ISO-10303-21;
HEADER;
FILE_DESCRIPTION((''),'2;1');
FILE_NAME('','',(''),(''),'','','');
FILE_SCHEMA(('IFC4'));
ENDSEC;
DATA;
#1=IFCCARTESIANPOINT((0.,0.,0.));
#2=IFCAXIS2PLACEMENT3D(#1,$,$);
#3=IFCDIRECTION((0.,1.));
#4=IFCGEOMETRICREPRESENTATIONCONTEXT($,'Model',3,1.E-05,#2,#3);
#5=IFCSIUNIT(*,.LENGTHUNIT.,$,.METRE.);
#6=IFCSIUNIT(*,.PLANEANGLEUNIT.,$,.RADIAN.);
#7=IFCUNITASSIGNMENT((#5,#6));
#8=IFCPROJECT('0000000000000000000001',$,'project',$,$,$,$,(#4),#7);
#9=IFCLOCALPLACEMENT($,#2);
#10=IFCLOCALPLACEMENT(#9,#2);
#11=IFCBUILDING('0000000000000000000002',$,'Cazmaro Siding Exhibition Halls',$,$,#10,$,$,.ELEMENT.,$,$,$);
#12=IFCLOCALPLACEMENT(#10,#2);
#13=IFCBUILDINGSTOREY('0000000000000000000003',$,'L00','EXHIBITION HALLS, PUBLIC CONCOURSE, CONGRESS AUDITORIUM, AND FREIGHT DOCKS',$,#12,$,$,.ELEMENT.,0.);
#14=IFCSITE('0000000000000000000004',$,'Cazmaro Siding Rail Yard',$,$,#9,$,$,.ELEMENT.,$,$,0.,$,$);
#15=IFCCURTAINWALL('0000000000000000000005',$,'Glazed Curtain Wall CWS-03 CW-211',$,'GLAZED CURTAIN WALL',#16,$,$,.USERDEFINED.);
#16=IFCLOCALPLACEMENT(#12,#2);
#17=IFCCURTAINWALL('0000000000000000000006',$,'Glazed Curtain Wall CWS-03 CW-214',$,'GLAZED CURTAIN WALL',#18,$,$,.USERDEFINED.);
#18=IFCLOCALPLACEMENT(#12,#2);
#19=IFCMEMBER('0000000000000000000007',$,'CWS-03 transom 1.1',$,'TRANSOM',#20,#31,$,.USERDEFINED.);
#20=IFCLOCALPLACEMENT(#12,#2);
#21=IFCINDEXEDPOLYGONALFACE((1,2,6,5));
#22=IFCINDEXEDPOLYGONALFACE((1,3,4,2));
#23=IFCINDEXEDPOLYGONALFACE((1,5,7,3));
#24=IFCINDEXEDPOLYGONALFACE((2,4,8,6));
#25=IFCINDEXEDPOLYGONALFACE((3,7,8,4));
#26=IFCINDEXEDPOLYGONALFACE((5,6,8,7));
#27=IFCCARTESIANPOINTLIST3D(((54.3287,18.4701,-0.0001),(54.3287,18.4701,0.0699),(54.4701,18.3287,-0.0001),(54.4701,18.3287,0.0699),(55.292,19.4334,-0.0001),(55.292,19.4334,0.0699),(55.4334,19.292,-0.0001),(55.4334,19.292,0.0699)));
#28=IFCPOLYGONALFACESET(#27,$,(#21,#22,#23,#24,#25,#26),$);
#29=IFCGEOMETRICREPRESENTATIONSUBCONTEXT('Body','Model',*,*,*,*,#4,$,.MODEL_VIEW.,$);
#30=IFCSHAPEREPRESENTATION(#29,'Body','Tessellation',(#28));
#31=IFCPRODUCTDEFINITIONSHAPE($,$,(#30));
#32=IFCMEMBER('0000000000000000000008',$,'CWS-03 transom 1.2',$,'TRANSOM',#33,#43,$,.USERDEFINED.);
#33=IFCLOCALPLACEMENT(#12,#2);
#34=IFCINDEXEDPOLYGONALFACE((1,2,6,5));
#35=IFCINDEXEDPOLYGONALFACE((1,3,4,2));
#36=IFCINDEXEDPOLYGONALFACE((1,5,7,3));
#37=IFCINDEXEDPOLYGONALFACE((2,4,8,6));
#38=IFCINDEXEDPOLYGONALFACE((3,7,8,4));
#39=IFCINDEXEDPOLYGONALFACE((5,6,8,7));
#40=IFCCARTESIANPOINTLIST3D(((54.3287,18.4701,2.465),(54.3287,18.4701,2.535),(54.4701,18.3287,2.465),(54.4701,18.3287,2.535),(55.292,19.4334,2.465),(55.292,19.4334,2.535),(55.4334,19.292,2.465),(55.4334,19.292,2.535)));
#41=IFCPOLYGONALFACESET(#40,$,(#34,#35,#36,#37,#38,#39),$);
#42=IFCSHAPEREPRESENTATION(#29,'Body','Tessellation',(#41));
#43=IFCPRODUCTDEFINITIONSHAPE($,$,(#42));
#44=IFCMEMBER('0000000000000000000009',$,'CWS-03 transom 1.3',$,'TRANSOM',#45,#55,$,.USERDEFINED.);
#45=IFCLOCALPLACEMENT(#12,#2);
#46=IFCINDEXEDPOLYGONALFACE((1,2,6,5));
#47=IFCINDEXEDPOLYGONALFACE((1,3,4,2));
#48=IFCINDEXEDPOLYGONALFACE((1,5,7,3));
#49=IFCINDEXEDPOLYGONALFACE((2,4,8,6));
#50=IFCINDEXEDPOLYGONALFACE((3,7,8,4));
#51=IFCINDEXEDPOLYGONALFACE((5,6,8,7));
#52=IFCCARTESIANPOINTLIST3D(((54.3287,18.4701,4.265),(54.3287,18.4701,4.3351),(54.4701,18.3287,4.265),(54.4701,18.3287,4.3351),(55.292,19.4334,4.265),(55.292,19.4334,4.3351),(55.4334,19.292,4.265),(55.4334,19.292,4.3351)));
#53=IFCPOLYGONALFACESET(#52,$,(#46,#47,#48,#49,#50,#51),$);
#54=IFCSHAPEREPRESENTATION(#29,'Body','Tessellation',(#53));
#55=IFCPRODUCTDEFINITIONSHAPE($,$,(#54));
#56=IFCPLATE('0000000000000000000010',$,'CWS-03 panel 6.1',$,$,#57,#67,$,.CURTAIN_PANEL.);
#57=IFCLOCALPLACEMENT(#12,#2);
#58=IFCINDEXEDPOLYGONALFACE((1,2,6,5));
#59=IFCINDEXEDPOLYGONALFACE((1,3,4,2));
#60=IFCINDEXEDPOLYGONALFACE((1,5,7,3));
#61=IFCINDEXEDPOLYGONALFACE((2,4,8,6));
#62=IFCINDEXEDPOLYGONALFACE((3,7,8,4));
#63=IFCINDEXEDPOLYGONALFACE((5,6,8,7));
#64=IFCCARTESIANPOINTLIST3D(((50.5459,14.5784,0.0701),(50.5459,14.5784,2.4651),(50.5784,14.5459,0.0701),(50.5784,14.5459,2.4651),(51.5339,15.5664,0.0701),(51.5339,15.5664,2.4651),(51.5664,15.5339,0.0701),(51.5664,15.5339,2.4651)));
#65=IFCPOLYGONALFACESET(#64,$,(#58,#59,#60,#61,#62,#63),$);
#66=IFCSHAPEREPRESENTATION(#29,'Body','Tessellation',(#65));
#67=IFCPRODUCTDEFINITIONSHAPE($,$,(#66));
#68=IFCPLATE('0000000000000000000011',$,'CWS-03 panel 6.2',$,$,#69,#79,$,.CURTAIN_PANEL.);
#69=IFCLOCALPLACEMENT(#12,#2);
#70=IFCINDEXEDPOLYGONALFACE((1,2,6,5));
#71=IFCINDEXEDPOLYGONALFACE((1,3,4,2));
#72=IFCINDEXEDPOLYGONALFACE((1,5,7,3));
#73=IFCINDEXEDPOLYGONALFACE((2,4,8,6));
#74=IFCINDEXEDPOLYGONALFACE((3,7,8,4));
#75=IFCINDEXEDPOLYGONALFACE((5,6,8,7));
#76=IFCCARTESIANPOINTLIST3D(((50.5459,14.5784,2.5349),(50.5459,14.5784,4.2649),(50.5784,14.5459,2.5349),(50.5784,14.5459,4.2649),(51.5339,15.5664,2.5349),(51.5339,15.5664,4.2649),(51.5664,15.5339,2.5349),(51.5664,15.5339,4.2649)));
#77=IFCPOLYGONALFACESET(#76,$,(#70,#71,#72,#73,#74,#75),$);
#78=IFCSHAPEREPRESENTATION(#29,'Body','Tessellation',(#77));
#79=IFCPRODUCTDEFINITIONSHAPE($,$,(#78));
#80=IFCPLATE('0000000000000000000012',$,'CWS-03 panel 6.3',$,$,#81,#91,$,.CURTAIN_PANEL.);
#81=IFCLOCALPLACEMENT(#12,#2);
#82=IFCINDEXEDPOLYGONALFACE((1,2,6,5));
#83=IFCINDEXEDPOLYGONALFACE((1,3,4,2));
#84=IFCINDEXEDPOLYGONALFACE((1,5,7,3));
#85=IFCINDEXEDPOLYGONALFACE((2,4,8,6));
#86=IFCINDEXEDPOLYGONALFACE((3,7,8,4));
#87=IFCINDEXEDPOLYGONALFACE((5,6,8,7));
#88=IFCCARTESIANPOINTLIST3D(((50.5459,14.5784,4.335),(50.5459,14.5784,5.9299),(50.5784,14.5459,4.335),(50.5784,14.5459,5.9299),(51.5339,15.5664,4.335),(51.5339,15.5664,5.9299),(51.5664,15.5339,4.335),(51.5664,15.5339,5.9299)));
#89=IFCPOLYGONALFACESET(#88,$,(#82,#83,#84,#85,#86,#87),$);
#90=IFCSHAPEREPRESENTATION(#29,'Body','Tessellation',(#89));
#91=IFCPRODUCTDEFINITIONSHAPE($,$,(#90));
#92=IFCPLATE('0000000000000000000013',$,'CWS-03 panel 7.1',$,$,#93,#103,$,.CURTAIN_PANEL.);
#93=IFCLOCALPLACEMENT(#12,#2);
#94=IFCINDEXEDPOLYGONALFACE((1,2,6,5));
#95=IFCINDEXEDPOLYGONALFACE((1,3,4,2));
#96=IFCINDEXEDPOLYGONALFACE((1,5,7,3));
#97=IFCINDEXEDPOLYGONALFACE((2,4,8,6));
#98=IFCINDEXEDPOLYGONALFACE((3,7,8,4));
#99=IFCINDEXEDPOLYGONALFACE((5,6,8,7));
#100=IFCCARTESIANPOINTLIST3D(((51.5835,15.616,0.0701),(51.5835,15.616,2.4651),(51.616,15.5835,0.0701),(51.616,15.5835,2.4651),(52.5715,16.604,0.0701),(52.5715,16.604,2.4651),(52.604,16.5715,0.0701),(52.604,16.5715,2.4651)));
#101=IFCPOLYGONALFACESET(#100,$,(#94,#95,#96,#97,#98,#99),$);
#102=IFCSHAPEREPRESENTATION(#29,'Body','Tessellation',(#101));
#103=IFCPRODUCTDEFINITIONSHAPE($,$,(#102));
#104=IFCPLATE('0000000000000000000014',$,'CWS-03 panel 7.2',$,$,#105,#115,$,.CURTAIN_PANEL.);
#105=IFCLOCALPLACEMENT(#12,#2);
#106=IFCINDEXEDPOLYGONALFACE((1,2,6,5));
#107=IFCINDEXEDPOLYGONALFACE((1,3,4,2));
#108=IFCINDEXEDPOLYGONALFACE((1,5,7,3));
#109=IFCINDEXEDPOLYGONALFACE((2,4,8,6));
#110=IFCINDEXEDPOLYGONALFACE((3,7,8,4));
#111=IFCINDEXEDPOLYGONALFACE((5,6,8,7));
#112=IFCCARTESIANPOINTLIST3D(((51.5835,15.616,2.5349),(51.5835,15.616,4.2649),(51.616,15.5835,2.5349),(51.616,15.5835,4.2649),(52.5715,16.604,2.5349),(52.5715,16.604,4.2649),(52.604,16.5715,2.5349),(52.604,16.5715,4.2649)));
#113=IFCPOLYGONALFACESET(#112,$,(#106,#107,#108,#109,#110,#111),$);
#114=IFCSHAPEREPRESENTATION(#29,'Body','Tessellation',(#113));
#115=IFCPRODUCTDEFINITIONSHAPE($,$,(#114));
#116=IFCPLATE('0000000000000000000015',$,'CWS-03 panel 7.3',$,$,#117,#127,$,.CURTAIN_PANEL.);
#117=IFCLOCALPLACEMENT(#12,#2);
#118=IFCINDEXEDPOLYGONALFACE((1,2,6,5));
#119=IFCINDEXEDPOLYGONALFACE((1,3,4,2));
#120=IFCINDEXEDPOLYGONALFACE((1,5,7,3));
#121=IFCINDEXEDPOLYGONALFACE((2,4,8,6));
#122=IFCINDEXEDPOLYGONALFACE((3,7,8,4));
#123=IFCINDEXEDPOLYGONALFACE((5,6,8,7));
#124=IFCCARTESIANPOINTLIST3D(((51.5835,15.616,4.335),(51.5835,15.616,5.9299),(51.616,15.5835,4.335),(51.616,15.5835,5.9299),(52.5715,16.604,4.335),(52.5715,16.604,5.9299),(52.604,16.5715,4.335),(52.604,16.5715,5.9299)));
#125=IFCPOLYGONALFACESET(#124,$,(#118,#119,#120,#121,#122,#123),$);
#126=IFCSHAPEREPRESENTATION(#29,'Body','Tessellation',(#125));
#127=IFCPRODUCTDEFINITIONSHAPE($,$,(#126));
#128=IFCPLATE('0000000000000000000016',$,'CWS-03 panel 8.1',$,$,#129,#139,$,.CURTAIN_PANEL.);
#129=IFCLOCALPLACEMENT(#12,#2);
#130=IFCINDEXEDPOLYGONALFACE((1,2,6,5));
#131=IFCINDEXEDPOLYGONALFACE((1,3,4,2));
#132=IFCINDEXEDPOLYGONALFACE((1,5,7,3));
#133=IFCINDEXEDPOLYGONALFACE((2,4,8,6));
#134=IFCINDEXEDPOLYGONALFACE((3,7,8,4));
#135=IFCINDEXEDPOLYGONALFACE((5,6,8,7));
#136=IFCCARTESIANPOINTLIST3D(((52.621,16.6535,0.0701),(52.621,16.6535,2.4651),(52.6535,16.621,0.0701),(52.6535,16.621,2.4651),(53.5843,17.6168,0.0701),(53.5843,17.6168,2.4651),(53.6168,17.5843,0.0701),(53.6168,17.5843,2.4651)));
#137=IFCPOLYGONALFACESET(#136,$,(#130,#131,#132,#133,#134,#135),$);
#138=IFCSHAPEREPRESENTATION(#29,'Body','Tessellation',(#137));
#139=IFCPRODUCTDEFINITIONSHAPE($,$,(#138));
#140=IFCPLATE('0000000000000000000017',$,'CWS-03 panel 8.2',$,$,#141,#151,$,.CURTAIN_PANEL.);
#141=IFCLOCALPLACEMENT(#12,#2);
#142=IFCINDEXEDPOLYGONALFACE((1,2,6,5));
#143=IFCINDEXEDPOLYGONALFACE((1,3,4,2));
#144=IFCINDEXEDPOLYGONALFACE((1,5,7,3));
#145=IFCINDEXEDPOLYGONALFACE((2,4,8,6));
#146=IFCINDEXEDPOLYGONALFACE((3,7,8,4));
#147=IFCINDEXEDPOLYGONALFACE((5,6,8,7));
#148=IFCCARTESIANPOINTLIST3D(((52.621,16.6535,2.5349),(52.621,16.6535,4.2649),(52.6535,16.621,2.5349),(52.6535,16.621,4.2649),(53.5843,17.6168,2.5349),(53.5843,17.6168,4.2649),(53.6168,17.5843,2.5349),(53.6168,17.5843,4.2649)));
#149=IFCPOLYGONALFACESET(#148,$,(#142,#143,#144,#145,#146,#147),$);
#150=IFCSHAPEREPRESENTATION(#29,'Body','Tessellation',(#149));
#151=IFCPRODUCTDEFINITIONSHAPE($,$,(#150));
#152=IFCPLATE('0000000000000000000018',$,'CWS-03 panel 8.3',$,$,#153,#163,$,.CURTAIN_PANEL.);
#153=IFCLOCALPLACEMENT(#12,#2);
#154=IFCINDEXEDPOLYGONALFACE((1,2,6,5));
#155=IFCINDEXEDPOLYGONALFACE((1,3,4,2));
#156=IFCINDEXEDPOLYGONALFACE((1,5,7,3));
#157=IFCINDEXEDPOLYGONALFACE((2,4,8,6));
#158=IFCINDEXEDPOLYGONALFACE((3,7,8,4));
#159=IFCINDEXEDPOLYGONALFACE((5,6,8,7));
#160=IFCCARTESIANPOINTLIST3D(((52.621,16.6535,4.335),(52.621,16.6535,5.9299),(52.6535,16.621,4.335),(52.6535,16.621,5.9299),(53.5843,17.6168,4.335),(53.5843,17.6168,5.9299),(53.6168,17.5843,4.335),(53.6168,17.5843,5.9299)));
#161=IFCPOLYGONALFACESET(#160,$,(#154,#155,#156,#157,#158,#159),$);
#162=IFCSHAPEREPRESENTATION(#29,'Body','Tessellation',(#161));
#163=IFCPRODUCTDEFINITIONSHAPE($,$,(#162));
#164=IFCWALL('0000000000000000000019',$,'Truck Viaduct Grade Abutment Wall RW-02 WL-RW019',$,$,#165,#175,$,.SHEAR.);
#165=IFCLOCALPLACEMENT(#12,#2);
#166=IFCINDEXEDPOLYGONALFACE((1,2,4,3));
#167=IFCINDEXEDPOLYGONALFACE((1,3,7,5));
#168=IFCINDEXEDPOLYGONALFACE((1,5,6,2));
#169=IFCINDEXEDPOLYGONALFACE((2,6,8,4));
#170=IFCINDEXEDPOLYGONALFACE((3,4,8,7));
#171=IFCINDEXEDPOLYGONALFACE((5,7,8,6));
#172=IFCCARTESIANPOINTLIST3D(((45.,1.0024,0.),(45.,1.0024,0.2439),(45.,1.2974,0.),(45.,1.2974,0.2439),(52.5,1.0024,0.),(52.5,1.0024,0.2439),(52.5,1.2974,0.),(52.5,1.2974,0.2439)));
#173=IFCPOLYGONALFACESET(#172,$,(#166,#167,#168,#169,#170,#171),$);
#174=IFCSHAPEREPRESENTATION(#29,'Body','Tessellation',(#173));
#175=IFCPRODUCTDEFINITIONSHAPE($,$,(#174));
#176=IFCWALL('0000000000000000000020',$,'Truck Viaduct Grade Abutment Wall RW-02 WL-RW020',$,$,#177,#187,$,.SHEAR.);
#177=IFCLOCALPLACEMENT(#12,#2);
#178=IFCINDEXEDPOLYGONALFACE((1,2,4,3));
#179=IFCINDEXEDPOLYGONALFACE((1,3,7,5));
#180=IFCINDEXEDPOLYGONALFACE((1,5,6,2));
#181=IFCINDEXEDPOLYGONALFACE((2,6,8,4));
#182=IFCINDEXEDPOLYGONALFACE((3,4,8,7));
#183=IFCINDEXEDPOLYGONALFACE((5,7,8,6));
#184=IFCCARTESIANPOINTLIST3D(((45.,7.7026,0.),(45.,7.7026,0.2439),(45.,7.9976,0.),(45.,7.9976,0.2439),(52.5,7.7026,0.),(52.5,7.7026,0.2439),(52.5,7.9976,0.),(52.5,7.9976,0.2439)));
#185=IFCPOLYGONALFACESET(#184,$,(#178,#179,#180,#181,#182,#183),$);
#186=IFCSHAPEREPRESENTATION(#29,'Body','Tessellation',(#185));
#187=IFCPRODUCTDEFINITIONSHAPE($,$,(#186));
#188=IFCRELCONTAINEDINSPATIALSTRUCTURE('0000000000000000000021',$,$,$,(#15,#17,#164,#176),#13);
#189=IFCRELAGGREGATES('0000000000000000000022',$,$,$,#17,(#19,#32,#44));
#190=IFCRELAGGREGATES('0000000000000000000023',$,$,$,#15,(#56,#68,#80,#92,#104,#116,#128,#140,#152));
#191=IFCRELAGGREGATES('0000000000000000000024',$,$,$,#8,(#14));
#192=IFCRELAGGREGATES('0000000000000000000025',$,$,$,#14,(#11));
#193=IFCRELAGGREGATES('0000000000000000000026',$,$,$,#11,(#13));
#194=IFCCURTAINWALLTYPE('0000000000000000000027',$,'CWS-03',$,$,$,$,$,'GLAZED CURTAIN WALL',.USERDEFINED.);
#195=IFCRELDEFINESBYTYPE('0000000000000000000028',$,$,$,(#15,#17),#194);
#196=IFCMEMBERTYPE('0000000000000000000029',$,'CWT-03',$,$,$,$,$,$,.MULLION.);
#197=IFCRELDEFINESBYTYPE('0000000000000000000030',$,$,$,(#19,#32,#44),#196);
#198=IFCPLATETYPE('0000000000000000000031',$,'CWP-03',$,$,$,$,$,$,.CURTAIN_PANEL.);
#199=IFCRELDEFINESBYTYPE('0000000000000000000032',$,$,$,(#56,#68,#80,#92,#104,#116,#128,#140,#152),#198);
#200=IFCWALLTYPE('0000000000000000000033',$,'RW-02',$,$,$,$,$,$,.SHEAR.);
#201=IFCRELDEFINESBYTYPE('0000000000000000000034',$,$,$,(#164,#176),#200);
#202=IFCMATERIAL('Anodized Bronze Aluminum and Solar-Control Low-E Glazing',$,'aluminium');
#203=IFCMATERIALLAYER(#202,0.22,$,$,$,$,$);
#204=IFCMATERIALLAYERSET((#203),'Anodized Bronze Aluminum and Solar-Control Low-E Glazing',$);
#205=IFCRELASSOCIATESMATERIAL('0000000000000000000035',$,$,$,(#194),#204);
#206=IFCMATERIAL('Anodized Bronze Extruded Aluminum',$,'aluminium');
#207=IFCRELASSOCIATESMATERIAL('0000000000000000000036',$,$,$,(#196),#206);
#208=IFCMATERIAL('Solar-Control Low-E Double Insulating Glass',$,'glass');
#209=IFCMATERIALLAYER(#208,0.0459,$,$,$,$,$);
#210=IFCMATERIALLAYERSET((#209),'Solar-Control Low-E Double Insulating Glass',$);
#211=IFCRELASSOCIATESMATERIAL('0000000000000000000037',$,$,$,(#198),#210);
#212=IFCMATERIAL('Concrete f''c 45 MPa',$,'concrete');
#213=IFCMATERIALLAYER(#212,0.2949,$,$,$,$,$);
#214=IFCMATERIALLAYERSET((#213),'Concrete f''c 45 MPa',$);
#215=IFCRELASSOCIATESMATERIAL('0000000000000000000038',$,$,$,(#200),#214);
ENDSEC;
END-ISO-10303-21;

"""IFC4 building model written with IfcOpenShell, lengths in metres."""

from ifc_helpers import new_model, si_unit, direction, frame, frame_2d, origin, origin_2d, place, context, subcontext, project, spatial, rectangle, extrude, material, layer, layer_set, material_profile, profile_set, type_object, element, aggregate, save


model = new_model("IFC4")

# Units and contexts
model_context = context("Model", 3, precision=1e-05, world=origin(), true_north=direction((0.0, 1.0)))
body_context = subcontext(model_context, "Body", "Model", "MODEL_VIEW")
ifc_project = project(units=[si_unit("LENGTHUNIT", "METRE"), si_unit("PLANEANGLEUNIT", "RADIAN")], contexts=[model_context])

# Site, building, storey
site_placement = place(None, origin())
site = spatial("IfcSite", under=ifc_project, at=site_placement, Name="Cazmaro Siding Rail Yard", CompositionType="ELEMENT", RefElevation=0.0)
building_placement = place(site_placement, origin())
building = spatial("IfcBuilding", under=site, at=building_placement, Name="Cazmaro Siding Exhibition Halls", CompositionType="ELEMENT")
storey_placement = place(building_placement, origin())
storey = spatial("IfcBuildingStorey", under=building, at=storey_placement, Name="L00", Description="EXHIBITION HALLS, PUBLIC CONCOURSE, CONGRESS AUDITORIUM, AND FREIGHT DOCKS", CompositionType="ELEMENT", Elevation=0.0)

# Curtain wall
ifc_material_1 = material(Name="Anodized Bronze Aluminum and Solar-Control Low-E Glazing", Category="aluminium")
ifc_layer_1 = layer(ifc_material_1, 0.22)
ifc_layer_set_1 = layer_set([ifc_layer_1], Name="Anodized Bronze Aluminum and Solar-Control Low-E Glazing")
curtain_wall_type = type_object("IfcCurtainWallType", Name="CWS-03", ElementType="GLAZED CURTAIN WALL", PredefinedType="USERDEFINED", material=ifc_layer_set_1)
curtain_wall_1_placement = place(storey_placement, origin())
curtain_wall_1 = element("IfcCurtainWall", 1, at=curtain_wall_1_placement, inside=storey, type_object=curtain_wall_type, Name="Glazed Curtain Wall CWS-03 CW-211", ObjectType="GLAZED CURTAIN WALL", PredefinedType="USERDEFINED")

# Curtain wall
curtain_wall_2_placement = place(storey_placement, origin())
curtain_wall_2 = element("IfcCurtainWall", 2, at=curtain_wall_2_placement, inside=storey, type_object=curtain_wall_type, Name="Glazed Curtain Wall CWS-03 CW-214", ObjectType="GLAZED CURTAIN WALL", PredefinedType="USERDEFINED")

# Members
ifc_material_2 = material(Name="Anodized Bronze Extruded Aluminum", Category="aluminium")
ifc_material_profile_1 = material_profile(ifc_material_2, rectangle(XDim=0.2, YDim=0.0701, at=origin_2d()), Name="CWT-03")
ifc_profile_set_1 = profile_set([ifc_material_profile_1], Name="Anodized Bronze Extruded Aluminum")
member_type_1 = type_object("IfcMemberType", Name="CWT-03", PredefinedType="MULLION", material=ifc_profile_set_1)
member_1_placement = place(storey_placement, frame((54.3994, 18.3994, 0.0349), z_axis=(0.707107, 0.707107, 0.0), x_axis=(-0.707107, 0.707107, 0.0)))
member_1 = element("IfcMember", 3, at=member_1_placement, type_object=member_type_1, Name="CWS-03 transom 1.1", ObjectType="TRANSOM", PredefinedType="USERDEFINED", context=body_context, shape_type="SweptSolid", body=[
    extrude(rectangle(XDim=0.2, YDim=0.0701, at=origin_2d()), origin(), (0.0, 0.0, 1.0), 1.3623),
])
member_2_placement = place(storey_placement, frame((54.3994, 18.3994, 2.5), z_axis=(0.707107, 0.707107, 0.0), x_axis=(-0.707107, 0.707107, 0.0)))
member_2 = element("IfcMember", 4, at=member_2_placement, type_object=member_type_1, Name="CWS-03 transom 1.2", ObjectType="TRANSOM", PredefinedType="USERDEFINED", context=body_context, shape_type="SweptSolid", body=[
    extrude(rectangle(XDim=0.2, YDim=0.0701, at=origin_2d()), origin(), (0.0, 0.0, 1.0), 1.3623),
])
member_3_placement = place(storey_placement, frame((54.3994, 18.3994, 4.3), z_axis=(0.707107, 0.707107, 0.0), x_axis=(-0.707107, 0.707107, 0.0)))
member_3 = element("IfcMember", 5, at=member_3_placement, type_object=member_type_1, Name="CWS-03 transom 1.3", ObjectType="TRANSOM", PredefinedType="USERDEFINED", context=body_context, shape_type="SweptSolid", body=[
    extrude(rectangle(XDim=0.2, YDim=0.0701, at=origin_2d()), origin(), (0.0, 0.0, 1.0), 1.3623),
])
aggregate(curtain_wall_2, [member_1, member_2, member_3])

# Plates
ifc_material_3 = material(Name="Solar-Control Low-E Double Insulating Glass", Category="glass")
ifc_layer_2 = layer(ifc_material_3, 0.0459)
ifc_layer_set_2 = layer_set([ifc_layer_2], Name="Solar-Control Low-E Double Insulating Glass")
plate_type = type_object("IfcPlateType", Name="CWP-03", PredefinedType="CURTAIN_PANEL", material=ifc_layer_set_2)
plate_1_placement = place(storey_placement, frame((51.0562, 15.0562, 0.0701), z_axis=(0.0, 0.0, 1.0), x_axis=(0.707107, 0.707107, 0.0)))
plate_1 = element("IfcPlate", 6, at=plate_1_placement, type_object=plate_type, Name="CWS-03 panel 6.1", PredefinedType="CURTAIN_PANEL", context=body_context, shape_type="SweptSolid", body=[
    extrude(rectangle(XDim=1.3972, YDim=0.0459, at=origin_2d()), origin(), (0.0, 0.0, 1.0), 2.395),
])
plate_2_placement = place(storey_placement, frame((51.0562, 15.0562, 2.5349), z_axis=(0.0, 0.0, 1.0), x_axis=(0.707107, 0.707107, 0.0)))
plate_2 = element("IfcPlate", 7, at=plate_2_placement, type_object=plate_type, Name="CWS-03 panel 6.2", PredefinedType="CURTAIN_PANEL", context=body_context, shape_type="SweptSolid", body=[
    extrude(rectangle(XDim=1.3972, YDim=0.0459, at=origin_2d()), origin(), (0.0, 0.0, 1.0), 1.73),
])
plate_3_placement = place(storey_placement, frame((51.0562, 15.0562, 4.335), z_axis=(0.0, 0.0, 1.0), x_axis=(0.707107, 0.707107, 0.0)))
plate_3 = element("IfcPlate", 8, at=plate_3_placement, type_object=plate_type, Name="CWS-03 panel 6.3", PredefinedType="CURTAIN_PANEL", context=body_context, shape_type="SweptSolid", body=[
    extrude(rectangle(XDim=1.3972, YDim=0.0459, at=origin_2d()), origin(), (0.0, 0.0, 1.0), 1.595),
])
plate_4_placement = place(storey_placement, frame((52.0938, 16.0938, 0.0701), z_axis=(0.0, 0.0, 1.0), x_axis=(0.707107, 0.707107, 0.0)))
plate_4 = element("IfcPlate", 9, at=plate_4_placement, type_object=plate_type, Name="CWS-03 panel 7.1", PredefinedType="CURTAIN_PANEL", context=body_context, shape_type="SweptSolid", body=[
    extrude(rectangle(XDim=1.3972, YDim=0.0459, at=origin_2d()), origin(), (0.0, 0.0, 1.0), 2.395),
])
plate_5_placement = place(storey_placement, frame((52.0938, 16.0938, 2.5349), z_axis=(0.0, 0.0, 1.0), x_axis=(0.707107, 0.707107, 0.0)))
plate_5 = element("IfcPlate", 10, at=plate_5_placement, type_object=plate_type, Name="CWS-03 panel 7.2", PredefinedType="CURTAIN_PANEL", context=body_context, shape_type="SweptSolid", body=[
    extrude(rectangle(XDim=1.3972, YDim=0.0459, at=origin_2d()), origin(), (0.0, 0.0, 1.0), 1.73),
])
plate_6_placement = place(storey_placement, frame((52.0938, 16.0938, 4.335), z_axis=(0.0, 0.0, 1.0), x_axis=(0.707107, 0.707107, 0.0)))
plate_6 = element("IfcPlate", 11, at=plate_6_placement, type_object=plate_type, Name="CWS-03 panel 7.3", PredefinedType="CURTAIN_PANEL", context=body_context, shape_type="SweptSolid", body=[
    extrude(rectangle(XDim=1.3972, YDim=0.0459, at=origin_2d()), origin(), (0.0, 0.0, 1.0), 1.595),
])
plate_7_placement = place(storey_placement, frame((53.1189, 17.1189, 0.0701), z_axis=(0.0, 0.0, 1.0), x_axis=(0.707107, 0.707107, 0.0)))
plate_7 = element("IfcPlate", 12, at=plate_7_placement, type_object=plate_type, Name="CWS-03 panel 8.1", PredefinedType="CURTAIN_PANEL", context=body_context, shape_type="SweptSolid", body=[
    extrude(rectangle(XDim=1.3623, YDim=0.0459, at=origin_2d()), origin(), (0.0, 0.0, 1.0), 2.395),
])
plate_8_placement = place(storey_placement, frame((53.1189, 17.1189, 2.5349), z_axis=(0.0, 0.0, 1.0), x_axis=(0.707107, 0.707107, 0.0)))
plate_8 = element("IfcPlate", 13, at=plate_8_placement, type_object=plate_type, Name="CWS-03 panel 8.2", PredefinedType="CURTAIN_PANEL", context=body_context, shape_type="SweptSolid", body=[
    extrude(rectangle(XDim=1.3623, YDim=0.0459, at=origin_2d()), origin(), (0.0, 0.0, 1.0), 1.73),
])
plate_9_placement = place(storey_placement, frame((53.1189, 17.1189, 4.335), z_axis=(0.0, 0.0, 1.0), x_axis=(0.707107, 0.707107, 0.0)))
plate_9 = element("IfcPlate", 14, at=plate_9_placement, type_object=plate_type, Name="CWS-03 panel 8.3", PredefinedType="CURTAIN_PANEL", context=body_context, shape_type="SweptSolid", body=[
    extrude(rectangle(XDim=1.3623, YDim=0.0459, at=origin_2d()), origin(), (0.0, 0.0, 1.0), 1.595),
])
aggregate(curtain_wall_1, [plate_1, plate_2, plate_3, plate_4, plate_5, plate_6, plate_7, plate_8, plate_9])

# Walls
ifc_material_4 = material(Name="Concrete f'c 45 MPa", Category="concrete")
ifc_layer_3 = layer(ifc_material_4, 0.2949)
ifc_layer_set_3 = layer_set([ifc_layer_3], Name="Concrete f'c 45 MPa")
wall_type = type_object("IfcWallType", Name="RW-02", PredefinedType="SHEAR", material=ifc_layer_set_3)
for number, where, z_axis, x_axis, name in (
    (15, (52.5, 1.1499, 0.0), (0.0, 0.0, 1.0), (-1.0, 0.0, 0.0), "Truck Viaduct Grade Abutment Wall RW-02 WL-RW019"),
    (16, (52.5, 7.8501, 0.0), (0.0, 0.0, 1.0), (-1.0, 0.0, 0.0), "Truck Viaduct Grade Abutment Wall RW-02 WL-RW020"),
):
    element("IfcWall", number, at=place(storey_placement, frame(where, z_axis=z_axis, x_axis=x_axis)), inside=storey, type_object=wall_type, Name=name, PredefinedType="SHEAR", context=body_context, shape_type="SweptSolid", body=[
        extrude(rectangle(XDim=7.5, YDim=0.2949, at=frame_2d((3.75, 0.0))), origin(), (0.0, 0.0, 1.0), 0.2439),
    ])

save(model, "model.ifc")
